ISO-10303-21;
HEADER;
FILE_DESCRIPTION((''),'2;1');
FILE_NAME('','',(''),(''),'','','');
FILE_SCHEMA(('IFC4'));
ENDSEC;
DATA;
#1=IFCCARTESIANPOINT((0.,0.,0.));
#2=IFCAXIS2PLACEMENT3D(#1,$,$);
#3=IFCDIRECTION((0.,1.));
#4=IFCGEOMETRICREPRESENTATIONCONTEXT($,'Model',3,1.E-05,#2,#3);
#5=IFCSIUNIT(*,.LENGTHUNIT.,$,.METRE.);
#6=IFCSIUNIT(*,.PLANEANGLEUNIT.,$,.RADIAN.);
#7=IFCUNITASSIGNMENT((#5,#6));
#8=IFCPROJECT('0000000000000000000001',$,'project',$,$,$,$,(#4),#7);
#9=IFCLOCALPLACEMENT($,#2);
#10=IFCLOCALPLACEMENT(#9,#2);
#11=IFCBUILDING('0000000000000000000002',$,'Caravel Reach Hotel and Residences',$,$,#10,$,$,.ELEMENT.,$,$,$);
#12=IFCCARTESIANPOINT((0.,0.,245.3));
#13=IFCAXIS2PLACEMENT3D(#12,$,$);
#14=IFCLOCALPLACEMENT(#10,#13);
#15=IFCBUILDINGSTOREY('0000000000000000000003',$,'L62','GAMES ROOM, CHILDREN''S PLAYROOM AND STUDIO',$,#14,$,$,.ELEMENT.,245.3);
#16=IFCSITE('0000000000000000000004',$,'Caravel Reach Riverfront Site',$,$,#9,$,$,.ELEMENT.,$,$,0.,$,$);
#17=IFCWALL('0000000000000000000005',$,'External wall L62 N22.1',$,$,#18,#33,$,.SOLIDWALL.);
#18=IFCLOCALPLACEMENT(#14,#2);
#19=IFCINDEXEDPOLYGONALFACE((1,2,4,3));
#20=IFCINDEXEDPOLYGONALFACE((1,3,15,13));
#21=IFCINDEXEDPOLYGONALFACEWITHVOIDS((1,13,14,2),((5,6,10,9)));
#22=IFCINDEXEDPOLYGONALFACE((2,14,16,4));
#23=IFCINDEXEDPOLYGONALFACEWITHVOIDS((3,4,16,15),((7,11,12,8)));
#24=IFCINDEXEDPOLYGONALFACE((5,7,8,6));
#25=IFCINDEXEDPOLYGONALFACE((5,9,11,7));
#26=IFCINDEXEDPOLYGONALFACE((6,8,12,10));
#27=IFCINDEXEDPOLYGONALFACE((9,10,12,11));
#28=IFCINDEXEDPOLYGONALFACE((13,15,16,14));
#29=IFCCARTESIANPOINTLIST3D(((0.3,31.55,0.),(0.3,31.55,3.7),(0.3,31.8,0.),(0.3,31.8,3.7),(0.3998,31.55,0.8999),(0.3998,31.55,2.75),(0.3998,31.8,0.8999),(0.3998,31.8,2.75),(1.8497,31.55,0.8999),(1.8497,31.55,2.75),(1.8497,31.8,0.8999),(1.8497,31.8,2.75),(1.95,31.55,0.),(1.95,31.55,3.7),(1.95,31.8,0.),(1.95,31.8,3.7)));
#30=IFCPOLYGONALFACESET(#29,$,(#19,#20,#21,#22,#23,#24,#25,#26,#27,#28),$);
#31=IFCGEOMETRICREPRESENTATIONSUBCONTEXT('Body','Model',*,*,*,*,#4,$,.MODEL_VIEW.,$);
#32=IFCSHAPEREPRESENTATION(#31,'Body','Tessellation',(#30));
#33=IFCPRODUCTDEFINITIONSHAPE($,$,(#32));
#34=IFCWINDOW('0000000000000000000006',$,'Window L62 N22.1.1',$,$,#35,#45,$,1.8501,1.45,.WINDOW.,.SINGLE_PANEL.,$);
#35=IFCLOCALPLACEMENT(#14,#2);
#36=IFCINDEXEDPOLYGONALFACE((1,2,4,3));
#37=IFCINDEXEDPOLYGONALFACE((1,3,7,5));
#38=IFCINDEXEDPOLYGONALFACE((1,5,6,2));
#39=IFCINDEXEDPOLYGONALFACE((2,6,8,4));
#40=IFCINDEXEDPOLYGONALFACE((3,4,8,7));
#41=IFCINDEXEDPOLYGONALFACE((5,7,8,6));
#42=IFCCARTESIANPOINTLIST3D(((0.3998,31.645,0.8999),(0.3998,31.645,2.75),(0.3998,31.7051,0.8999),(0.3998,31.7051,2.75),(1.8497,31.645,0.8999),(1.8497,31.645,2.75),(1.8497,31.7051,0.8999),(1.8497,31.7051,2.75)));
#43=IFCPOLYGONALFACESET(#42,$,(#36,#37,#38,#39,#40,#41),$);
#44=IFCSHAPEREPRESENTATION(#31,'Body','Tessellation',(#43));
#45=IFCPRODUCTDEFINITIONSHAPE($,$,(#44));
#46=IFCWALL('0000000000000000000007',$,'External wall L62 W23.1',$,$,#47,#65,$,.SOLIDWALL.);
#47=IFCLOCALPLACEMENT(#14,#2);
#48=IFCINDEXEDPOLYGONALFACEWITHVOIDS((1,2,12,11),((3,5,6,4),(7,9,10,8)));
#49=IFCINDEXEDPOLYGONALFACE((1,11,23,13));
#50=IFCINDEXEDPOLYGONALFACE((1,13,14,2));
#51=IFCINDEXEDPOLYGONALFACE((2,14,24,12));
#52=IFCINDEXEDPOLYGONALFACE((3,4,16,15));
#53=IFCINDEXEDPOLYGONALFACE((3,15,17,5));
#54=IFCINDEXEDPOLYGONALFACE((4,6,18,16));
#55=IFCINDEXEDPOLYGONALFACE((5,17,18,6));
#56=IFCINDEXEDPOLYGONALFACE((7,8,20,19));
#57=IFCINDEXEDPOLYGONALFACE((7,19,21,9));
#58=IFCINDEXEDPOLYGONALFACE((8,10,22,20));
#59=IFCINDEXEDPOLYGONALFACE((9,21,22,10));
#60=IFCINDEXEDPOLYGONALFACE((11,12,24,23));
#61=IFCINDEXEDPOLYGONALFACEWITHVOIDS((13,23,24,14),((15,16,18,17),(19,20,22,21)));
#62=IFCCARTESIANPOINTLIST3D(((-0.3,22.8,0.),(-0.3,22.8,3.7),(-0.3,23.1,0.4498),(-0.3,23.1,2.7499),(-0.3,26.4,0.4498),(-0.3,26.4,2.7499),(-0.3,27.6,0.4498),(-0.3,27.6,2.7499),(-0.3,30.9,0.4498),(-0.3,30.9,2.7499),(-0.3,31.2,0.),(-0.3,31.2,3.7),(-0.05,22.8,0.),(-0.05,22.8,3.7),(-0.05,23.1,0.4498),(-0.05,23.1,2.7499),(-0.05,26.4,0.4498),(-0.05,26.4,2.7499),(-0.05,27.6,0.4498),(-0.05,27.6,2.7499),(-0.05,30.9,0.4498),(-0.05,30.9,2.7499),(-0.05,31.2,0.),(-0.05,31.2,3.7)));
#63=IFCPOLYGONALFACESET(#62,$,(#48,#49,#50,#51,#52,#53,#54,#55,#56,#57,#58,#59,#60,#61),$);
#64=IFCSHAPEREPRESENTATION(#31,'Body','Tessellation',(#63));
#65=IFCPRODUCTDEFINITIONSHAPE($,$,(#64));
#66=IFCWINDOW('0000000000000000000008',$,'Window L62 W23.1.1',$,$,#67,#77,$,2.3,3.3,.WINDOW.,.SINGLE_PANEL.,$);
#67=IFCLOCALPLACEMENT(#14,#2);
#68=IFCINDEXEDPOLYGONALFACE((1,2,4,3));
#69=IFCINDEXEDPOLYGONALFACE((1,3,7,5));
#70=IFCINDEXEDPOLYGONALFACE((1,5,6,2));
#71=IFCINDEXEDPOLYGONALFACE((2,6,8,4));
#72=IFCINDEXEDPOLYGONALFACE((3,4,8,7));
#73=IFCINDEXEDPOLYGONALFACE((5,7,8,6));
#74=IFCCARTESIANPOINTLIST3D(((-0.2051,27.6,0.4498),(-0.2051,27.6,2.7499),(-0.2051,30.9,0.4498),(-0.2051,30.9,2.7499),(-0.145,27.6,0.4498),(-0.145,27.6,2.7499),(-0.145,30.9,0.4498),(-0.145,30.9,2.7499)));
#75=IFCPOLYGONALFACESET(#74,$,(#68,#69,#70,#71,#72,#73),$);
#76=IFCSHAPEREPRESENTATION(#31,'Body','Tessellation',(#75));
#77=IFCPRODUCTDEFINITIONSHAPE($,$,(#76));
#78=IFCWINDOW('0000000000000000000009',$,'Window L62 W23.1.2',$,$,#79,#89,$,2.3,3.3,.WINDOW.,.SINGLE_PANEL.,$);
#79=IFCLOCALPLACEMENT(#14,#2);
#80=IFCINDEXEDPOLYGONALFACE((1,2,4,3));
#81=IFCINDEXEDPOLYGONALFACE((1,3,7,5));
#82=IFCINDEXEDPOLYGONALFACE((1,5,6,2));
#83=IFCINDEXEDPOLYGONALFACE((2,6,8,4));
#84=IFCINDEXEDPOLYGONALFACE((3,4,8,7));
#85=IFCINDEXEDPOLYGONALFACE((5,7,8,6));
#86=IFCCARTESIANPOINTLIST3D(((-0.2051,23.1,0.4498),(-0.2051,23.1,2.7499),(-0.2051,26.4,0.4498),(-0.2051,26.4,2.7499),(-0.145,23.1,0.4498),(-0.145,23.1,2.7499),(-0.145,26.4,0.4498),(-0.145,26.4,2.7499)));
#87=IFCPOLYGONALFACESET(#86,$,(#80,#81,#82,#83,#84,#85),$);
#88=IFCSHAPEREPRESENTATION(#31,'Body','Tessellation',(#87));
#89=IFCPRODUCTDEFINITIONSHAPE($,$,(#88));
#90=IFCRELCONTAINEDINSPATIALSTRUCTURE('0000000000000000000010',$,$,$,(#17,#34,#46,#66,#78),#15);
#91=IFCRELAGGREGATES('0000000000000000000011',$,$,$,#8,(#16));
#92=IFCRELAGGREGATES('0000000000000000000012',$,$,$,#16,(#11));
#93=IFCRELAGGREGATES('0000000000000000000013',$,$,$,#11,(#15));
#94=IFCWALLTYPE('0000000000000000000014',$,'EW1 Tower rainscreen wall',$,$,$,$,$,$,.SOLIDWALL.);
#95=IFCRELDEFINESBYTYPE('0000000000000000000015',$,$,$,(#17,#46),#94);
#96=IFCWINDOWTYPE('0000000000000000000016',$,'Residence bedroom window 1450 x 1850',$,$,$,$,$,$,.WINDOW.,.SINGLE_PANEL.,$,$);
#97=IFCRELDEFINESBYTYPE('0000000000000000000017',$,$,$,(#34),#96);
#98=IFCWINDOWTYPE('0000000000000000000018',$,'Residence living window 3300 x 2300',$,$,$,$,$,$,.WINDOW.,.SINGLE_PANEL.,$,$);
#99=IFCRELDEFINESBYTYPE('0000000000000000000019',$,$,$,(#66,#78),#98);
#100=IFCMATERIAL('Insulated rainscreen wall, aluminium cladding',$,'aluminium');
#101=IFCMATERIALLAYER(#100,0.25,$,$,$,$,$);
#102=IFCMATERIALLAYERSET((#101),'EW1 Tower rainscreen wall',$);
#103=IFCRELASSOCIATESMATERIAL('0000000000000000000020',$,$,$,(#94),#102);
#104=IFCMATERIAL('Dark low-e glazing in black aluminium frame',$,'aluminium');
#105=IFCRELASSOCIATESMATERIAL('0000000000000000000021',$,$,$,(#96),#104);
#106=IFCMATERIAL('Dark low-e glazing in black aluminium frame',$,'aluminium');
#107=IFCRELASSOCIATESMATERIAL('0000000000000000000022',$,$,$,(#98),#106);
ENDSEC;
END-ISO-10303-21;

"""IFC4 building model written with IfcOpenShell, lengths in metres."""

from ifc_helpers import new_model, si_unit, direction, frame, frame_2d, origin, place, context, subcontext, project, spatial, rectangle, extrude, material, layer, layer_set, type_object, element, fill, save


model = new_model("IFC4")

# Units and contexts
model_context = context("Model", 3, precision=1e-05, world=origin(), true_north=direction((0.0, 1.0)))
body_context = subcontext(model_context, "Body", "Model", "MODEL_VIEW")
ifc_project = project(units=[si_unit("LENGTHUNIT", "METRE"), si_unit("PLANEANGLEUNIT", "RADIAN")], contexts=[model_context])

# Site, building, storey
site_placement = place(None, origin())
site = spatial("IfcSite", under=ifc_project, at=site_placement, Name="Caravel Reach Riverfront Site", CompositionType="ELEMENT", RefElevation=0.0)
building_placement = place(site_placement, origin())
building = spatial("IfcBuilding", under=site, at=building_placement, Name="Caravel Reach Hotel and Residences", CompositionType="ELEMENT")
storey_placement = place(building_placement, frame((0.0, 0.0, 245.3)))
storey = spatial("IfcBuildingStorey", under=building, at=storey_placement, Name="L62", Description="GAMES ROOM, CHILDREN'S PLAYROOM AND STUDIO", CompositionType="ELEMENT", Elevation=245.3)

# Wall, opening, window
ifc_material_1 = material(Name="Insulated rainscreen wall, aluminium cladding", Category="aluminium")
ifc_layer_1 = layer(ifc_material_1, 0.25)
ifc_layer_set_1 = layer_set([ifc_layer_1], Name="EW1 Tower rainscreen wall")
wall_type_1 = type_object("IfcWallType", Name="EW1 Tower rainscreen wall", PredefinedType="SOLIDWALL", material=ifc_layer_set_1)
ifc_material_2 = material(Name="Dark low-e glazing in black aluminium frame", Category="aluminium")
window_type_1 = type_object("IfcWindowType", Name="Residence bedroom window 1450 x 1850", PartitioningType="SINGLE_PANEL", PredefinedType="WINDOW", material=ifc_material_2)
wall_1_placement = place(storey_placement, frame((1.95, 31.675, 0.0), z_axis=(0.0, 0.0, 1.0), x_axis=(-1.0, 0.0, 0.0)))
wall_1 = element("IfcWall", 1, at=wall_1_placement, inside=storey, type_object=wall_type_1, Name="External wall L62 N22.1", PredefinedType="SOLIDWALL", context=body_context, shape_type="SweptSolid", body=[
    extrude(rectangle(XDim=1.6499, YDim=0.25, at=frame_2d((0.825, 0.0))), origin(), (0.0, 0.0, 1.0), 3.7),
])
opening_1_placement = place(wall_1_placement, frame((0.1001, 0.0, 0.8999)))
opening_1 = element("IfcOpeningElement", 2, at=opening_1_placement, cuts=wall_1, PredefinedType="OPENING", context=body_context, shape_type="SweptSolid", body=[
    extrude(rectangle(XDim=1.45, YDim=1.8501, at=frame_2d((0.7251, 0.925))), frame((0.0, 0.135, 0.0), z_axis=(0.0, -1.0, 0.0), x_axis=(1.0, 0.0, 0.0)), (0.0, 0.0, 1.0), 0.27),
])
window_1_placement = place(opening_1_placement, origin())
window_1 = element("IfcWindow", 3, at=window_1_placement, inside=storey, type_object=window_type_1, Name="Window L62 N22.1.1", OverallHeight=1.8501, OverallWidth=1.45, PartitioningType="SINGLE_PANEL", PredefinedType="WINDOW", context=body_context, shape_type="SweptSolid", body=[
    extrude(rectangle(XDim=1.45, YDim=1.8501, at=frame_2d((0.7251, 0.925))), frame((0.0, 0.03, 0.0), z_axis=(0.0, -1.0, 0.0), x_axis=(1.0, 0.0, 0.0)), (0.0, 0.0, 1.0), 0.0601),
])
fill(opening_1, window_1)

# Wall, openings, windows
wall_2_placement = place(storey_placement, frame((-0.175, 31.2, 0.0), z_axis=(0.0, 0.0, 1.0), x_axis=(0.0, -1.0, 0.0)))
wall_2 = element("IfcWall", 4, at=wall_2_placement, inside=storey, type_object=wall_type_1, Name="External wall L62 W23.1", PredefinedType="SOLIDWALL", context=body_context, shape_type="SweptSolid", body=[
    extrude(rectangle(XDim=8.3999, YDim=0.25, at=frame_2d((4.2, 0.0))), origin(), (0.0, 0.0, 1.0), 3.7),
])
opening_2_placement = place(wall_2_placement, frame((0.3, 0.0, 0.45)))
opening_2 = element("IfcOpeningElement", 5, at=opening_2_placement, cuts=wall_2, PredefinedType="OPENING", context=body_context, shape_type="SweptSolid", body=[
    extrude(rectangle(XDim=3.3, YDim=2.3, at=frame_2d((1.6499, 1.1499))), frame((0.0, 0.135, 0.0), z_axis=(0.0, -1.0, 0.0), x_axis=(1.0, 0.0, 0.0)), (0.0, 0.0, 1.0), 0.27),
])
opening_3_placement = place(wall_2_placement, frame((4.8, 0.0, 0.45)))
opening_3 = element("IfcOpeningElement", 6, at=opening_3_placement, cuts=wall_2, PredefinedType="OPENING", context=body_context, shape_type="SweptSolid", body=[
    extrude(rectangle(XDim=3.3, YDim=2.3, at=frame_2d((1.6499, 1.1499))), frame((0.0, 0.135, 0.0), z_axis=(0.0, -1.0, 0.0), x_axis=(1.0, 0.0, 0.0)), (0.0, 0.0, 1.0), 0.27),
])
ifc_material_3 = material(Name="Dark low-e glazing in black aluminium frame", Category="aluminium")
window_type_2 = type_object("IfcWindowType", Name="Residence living window 3300 x 2300", PartitioningType="SINGLE_PANEL", PredefinedType="WINDOW", material=ifc_material_3)
window_2_placement = place(opening_2_placement, origin())
window_2 = element("IfcWindow", 7, at=window_2_placement, inside=storey, type_object=window_type_2, Name="Window L62 W23.1.1", OverallHeight=2.3, OverallWidth=3.3, PartitioningType="SINGLE_PANEL", PredefinedType="WINDOW", context=body_context, shape_type="SweptSolid", body=[
    extrude(rectangle(XDim=3.3, YDim=2.3, at=frame_2d((1.6499, 1.1499))), frame((0.0, 0.03, 0.0), z_axis=(0.0, -1.0, 0.0), x_axis=(1.0, 0.0, 0.0)), (0.0, 0.0, 1.0), 0.0601),
])
fill(opening_2, window_2)
window_3_placement = place(opening_3_placement, origin())
window_3 = element("IfcWindow", 8, at=window_3_placement, inside=storey, type_object=window_type_2, Name="Window L62 W23.1.2", OverallHeight=2.3, OverallWidth=3.3, PartitioningType="SINGLE_PANEL", PredefinedType="WINDOW", context=body_context, shape_type="SweptSolid", body=[
    extrude(rectangle(XDim=3.3, YDim=2.3, at=frame_2d((1.6499, 1.1499))), frame((0.0, 0.03, 0.0), z_axis=(0.0, -1.0, 0.0), x_axis=(1.0, 0.0, 0.0)), (0.0, 0.0, 1.0), 0.0601),
])
fill(opening_3, window_3)

save(model, "model.ifc")
